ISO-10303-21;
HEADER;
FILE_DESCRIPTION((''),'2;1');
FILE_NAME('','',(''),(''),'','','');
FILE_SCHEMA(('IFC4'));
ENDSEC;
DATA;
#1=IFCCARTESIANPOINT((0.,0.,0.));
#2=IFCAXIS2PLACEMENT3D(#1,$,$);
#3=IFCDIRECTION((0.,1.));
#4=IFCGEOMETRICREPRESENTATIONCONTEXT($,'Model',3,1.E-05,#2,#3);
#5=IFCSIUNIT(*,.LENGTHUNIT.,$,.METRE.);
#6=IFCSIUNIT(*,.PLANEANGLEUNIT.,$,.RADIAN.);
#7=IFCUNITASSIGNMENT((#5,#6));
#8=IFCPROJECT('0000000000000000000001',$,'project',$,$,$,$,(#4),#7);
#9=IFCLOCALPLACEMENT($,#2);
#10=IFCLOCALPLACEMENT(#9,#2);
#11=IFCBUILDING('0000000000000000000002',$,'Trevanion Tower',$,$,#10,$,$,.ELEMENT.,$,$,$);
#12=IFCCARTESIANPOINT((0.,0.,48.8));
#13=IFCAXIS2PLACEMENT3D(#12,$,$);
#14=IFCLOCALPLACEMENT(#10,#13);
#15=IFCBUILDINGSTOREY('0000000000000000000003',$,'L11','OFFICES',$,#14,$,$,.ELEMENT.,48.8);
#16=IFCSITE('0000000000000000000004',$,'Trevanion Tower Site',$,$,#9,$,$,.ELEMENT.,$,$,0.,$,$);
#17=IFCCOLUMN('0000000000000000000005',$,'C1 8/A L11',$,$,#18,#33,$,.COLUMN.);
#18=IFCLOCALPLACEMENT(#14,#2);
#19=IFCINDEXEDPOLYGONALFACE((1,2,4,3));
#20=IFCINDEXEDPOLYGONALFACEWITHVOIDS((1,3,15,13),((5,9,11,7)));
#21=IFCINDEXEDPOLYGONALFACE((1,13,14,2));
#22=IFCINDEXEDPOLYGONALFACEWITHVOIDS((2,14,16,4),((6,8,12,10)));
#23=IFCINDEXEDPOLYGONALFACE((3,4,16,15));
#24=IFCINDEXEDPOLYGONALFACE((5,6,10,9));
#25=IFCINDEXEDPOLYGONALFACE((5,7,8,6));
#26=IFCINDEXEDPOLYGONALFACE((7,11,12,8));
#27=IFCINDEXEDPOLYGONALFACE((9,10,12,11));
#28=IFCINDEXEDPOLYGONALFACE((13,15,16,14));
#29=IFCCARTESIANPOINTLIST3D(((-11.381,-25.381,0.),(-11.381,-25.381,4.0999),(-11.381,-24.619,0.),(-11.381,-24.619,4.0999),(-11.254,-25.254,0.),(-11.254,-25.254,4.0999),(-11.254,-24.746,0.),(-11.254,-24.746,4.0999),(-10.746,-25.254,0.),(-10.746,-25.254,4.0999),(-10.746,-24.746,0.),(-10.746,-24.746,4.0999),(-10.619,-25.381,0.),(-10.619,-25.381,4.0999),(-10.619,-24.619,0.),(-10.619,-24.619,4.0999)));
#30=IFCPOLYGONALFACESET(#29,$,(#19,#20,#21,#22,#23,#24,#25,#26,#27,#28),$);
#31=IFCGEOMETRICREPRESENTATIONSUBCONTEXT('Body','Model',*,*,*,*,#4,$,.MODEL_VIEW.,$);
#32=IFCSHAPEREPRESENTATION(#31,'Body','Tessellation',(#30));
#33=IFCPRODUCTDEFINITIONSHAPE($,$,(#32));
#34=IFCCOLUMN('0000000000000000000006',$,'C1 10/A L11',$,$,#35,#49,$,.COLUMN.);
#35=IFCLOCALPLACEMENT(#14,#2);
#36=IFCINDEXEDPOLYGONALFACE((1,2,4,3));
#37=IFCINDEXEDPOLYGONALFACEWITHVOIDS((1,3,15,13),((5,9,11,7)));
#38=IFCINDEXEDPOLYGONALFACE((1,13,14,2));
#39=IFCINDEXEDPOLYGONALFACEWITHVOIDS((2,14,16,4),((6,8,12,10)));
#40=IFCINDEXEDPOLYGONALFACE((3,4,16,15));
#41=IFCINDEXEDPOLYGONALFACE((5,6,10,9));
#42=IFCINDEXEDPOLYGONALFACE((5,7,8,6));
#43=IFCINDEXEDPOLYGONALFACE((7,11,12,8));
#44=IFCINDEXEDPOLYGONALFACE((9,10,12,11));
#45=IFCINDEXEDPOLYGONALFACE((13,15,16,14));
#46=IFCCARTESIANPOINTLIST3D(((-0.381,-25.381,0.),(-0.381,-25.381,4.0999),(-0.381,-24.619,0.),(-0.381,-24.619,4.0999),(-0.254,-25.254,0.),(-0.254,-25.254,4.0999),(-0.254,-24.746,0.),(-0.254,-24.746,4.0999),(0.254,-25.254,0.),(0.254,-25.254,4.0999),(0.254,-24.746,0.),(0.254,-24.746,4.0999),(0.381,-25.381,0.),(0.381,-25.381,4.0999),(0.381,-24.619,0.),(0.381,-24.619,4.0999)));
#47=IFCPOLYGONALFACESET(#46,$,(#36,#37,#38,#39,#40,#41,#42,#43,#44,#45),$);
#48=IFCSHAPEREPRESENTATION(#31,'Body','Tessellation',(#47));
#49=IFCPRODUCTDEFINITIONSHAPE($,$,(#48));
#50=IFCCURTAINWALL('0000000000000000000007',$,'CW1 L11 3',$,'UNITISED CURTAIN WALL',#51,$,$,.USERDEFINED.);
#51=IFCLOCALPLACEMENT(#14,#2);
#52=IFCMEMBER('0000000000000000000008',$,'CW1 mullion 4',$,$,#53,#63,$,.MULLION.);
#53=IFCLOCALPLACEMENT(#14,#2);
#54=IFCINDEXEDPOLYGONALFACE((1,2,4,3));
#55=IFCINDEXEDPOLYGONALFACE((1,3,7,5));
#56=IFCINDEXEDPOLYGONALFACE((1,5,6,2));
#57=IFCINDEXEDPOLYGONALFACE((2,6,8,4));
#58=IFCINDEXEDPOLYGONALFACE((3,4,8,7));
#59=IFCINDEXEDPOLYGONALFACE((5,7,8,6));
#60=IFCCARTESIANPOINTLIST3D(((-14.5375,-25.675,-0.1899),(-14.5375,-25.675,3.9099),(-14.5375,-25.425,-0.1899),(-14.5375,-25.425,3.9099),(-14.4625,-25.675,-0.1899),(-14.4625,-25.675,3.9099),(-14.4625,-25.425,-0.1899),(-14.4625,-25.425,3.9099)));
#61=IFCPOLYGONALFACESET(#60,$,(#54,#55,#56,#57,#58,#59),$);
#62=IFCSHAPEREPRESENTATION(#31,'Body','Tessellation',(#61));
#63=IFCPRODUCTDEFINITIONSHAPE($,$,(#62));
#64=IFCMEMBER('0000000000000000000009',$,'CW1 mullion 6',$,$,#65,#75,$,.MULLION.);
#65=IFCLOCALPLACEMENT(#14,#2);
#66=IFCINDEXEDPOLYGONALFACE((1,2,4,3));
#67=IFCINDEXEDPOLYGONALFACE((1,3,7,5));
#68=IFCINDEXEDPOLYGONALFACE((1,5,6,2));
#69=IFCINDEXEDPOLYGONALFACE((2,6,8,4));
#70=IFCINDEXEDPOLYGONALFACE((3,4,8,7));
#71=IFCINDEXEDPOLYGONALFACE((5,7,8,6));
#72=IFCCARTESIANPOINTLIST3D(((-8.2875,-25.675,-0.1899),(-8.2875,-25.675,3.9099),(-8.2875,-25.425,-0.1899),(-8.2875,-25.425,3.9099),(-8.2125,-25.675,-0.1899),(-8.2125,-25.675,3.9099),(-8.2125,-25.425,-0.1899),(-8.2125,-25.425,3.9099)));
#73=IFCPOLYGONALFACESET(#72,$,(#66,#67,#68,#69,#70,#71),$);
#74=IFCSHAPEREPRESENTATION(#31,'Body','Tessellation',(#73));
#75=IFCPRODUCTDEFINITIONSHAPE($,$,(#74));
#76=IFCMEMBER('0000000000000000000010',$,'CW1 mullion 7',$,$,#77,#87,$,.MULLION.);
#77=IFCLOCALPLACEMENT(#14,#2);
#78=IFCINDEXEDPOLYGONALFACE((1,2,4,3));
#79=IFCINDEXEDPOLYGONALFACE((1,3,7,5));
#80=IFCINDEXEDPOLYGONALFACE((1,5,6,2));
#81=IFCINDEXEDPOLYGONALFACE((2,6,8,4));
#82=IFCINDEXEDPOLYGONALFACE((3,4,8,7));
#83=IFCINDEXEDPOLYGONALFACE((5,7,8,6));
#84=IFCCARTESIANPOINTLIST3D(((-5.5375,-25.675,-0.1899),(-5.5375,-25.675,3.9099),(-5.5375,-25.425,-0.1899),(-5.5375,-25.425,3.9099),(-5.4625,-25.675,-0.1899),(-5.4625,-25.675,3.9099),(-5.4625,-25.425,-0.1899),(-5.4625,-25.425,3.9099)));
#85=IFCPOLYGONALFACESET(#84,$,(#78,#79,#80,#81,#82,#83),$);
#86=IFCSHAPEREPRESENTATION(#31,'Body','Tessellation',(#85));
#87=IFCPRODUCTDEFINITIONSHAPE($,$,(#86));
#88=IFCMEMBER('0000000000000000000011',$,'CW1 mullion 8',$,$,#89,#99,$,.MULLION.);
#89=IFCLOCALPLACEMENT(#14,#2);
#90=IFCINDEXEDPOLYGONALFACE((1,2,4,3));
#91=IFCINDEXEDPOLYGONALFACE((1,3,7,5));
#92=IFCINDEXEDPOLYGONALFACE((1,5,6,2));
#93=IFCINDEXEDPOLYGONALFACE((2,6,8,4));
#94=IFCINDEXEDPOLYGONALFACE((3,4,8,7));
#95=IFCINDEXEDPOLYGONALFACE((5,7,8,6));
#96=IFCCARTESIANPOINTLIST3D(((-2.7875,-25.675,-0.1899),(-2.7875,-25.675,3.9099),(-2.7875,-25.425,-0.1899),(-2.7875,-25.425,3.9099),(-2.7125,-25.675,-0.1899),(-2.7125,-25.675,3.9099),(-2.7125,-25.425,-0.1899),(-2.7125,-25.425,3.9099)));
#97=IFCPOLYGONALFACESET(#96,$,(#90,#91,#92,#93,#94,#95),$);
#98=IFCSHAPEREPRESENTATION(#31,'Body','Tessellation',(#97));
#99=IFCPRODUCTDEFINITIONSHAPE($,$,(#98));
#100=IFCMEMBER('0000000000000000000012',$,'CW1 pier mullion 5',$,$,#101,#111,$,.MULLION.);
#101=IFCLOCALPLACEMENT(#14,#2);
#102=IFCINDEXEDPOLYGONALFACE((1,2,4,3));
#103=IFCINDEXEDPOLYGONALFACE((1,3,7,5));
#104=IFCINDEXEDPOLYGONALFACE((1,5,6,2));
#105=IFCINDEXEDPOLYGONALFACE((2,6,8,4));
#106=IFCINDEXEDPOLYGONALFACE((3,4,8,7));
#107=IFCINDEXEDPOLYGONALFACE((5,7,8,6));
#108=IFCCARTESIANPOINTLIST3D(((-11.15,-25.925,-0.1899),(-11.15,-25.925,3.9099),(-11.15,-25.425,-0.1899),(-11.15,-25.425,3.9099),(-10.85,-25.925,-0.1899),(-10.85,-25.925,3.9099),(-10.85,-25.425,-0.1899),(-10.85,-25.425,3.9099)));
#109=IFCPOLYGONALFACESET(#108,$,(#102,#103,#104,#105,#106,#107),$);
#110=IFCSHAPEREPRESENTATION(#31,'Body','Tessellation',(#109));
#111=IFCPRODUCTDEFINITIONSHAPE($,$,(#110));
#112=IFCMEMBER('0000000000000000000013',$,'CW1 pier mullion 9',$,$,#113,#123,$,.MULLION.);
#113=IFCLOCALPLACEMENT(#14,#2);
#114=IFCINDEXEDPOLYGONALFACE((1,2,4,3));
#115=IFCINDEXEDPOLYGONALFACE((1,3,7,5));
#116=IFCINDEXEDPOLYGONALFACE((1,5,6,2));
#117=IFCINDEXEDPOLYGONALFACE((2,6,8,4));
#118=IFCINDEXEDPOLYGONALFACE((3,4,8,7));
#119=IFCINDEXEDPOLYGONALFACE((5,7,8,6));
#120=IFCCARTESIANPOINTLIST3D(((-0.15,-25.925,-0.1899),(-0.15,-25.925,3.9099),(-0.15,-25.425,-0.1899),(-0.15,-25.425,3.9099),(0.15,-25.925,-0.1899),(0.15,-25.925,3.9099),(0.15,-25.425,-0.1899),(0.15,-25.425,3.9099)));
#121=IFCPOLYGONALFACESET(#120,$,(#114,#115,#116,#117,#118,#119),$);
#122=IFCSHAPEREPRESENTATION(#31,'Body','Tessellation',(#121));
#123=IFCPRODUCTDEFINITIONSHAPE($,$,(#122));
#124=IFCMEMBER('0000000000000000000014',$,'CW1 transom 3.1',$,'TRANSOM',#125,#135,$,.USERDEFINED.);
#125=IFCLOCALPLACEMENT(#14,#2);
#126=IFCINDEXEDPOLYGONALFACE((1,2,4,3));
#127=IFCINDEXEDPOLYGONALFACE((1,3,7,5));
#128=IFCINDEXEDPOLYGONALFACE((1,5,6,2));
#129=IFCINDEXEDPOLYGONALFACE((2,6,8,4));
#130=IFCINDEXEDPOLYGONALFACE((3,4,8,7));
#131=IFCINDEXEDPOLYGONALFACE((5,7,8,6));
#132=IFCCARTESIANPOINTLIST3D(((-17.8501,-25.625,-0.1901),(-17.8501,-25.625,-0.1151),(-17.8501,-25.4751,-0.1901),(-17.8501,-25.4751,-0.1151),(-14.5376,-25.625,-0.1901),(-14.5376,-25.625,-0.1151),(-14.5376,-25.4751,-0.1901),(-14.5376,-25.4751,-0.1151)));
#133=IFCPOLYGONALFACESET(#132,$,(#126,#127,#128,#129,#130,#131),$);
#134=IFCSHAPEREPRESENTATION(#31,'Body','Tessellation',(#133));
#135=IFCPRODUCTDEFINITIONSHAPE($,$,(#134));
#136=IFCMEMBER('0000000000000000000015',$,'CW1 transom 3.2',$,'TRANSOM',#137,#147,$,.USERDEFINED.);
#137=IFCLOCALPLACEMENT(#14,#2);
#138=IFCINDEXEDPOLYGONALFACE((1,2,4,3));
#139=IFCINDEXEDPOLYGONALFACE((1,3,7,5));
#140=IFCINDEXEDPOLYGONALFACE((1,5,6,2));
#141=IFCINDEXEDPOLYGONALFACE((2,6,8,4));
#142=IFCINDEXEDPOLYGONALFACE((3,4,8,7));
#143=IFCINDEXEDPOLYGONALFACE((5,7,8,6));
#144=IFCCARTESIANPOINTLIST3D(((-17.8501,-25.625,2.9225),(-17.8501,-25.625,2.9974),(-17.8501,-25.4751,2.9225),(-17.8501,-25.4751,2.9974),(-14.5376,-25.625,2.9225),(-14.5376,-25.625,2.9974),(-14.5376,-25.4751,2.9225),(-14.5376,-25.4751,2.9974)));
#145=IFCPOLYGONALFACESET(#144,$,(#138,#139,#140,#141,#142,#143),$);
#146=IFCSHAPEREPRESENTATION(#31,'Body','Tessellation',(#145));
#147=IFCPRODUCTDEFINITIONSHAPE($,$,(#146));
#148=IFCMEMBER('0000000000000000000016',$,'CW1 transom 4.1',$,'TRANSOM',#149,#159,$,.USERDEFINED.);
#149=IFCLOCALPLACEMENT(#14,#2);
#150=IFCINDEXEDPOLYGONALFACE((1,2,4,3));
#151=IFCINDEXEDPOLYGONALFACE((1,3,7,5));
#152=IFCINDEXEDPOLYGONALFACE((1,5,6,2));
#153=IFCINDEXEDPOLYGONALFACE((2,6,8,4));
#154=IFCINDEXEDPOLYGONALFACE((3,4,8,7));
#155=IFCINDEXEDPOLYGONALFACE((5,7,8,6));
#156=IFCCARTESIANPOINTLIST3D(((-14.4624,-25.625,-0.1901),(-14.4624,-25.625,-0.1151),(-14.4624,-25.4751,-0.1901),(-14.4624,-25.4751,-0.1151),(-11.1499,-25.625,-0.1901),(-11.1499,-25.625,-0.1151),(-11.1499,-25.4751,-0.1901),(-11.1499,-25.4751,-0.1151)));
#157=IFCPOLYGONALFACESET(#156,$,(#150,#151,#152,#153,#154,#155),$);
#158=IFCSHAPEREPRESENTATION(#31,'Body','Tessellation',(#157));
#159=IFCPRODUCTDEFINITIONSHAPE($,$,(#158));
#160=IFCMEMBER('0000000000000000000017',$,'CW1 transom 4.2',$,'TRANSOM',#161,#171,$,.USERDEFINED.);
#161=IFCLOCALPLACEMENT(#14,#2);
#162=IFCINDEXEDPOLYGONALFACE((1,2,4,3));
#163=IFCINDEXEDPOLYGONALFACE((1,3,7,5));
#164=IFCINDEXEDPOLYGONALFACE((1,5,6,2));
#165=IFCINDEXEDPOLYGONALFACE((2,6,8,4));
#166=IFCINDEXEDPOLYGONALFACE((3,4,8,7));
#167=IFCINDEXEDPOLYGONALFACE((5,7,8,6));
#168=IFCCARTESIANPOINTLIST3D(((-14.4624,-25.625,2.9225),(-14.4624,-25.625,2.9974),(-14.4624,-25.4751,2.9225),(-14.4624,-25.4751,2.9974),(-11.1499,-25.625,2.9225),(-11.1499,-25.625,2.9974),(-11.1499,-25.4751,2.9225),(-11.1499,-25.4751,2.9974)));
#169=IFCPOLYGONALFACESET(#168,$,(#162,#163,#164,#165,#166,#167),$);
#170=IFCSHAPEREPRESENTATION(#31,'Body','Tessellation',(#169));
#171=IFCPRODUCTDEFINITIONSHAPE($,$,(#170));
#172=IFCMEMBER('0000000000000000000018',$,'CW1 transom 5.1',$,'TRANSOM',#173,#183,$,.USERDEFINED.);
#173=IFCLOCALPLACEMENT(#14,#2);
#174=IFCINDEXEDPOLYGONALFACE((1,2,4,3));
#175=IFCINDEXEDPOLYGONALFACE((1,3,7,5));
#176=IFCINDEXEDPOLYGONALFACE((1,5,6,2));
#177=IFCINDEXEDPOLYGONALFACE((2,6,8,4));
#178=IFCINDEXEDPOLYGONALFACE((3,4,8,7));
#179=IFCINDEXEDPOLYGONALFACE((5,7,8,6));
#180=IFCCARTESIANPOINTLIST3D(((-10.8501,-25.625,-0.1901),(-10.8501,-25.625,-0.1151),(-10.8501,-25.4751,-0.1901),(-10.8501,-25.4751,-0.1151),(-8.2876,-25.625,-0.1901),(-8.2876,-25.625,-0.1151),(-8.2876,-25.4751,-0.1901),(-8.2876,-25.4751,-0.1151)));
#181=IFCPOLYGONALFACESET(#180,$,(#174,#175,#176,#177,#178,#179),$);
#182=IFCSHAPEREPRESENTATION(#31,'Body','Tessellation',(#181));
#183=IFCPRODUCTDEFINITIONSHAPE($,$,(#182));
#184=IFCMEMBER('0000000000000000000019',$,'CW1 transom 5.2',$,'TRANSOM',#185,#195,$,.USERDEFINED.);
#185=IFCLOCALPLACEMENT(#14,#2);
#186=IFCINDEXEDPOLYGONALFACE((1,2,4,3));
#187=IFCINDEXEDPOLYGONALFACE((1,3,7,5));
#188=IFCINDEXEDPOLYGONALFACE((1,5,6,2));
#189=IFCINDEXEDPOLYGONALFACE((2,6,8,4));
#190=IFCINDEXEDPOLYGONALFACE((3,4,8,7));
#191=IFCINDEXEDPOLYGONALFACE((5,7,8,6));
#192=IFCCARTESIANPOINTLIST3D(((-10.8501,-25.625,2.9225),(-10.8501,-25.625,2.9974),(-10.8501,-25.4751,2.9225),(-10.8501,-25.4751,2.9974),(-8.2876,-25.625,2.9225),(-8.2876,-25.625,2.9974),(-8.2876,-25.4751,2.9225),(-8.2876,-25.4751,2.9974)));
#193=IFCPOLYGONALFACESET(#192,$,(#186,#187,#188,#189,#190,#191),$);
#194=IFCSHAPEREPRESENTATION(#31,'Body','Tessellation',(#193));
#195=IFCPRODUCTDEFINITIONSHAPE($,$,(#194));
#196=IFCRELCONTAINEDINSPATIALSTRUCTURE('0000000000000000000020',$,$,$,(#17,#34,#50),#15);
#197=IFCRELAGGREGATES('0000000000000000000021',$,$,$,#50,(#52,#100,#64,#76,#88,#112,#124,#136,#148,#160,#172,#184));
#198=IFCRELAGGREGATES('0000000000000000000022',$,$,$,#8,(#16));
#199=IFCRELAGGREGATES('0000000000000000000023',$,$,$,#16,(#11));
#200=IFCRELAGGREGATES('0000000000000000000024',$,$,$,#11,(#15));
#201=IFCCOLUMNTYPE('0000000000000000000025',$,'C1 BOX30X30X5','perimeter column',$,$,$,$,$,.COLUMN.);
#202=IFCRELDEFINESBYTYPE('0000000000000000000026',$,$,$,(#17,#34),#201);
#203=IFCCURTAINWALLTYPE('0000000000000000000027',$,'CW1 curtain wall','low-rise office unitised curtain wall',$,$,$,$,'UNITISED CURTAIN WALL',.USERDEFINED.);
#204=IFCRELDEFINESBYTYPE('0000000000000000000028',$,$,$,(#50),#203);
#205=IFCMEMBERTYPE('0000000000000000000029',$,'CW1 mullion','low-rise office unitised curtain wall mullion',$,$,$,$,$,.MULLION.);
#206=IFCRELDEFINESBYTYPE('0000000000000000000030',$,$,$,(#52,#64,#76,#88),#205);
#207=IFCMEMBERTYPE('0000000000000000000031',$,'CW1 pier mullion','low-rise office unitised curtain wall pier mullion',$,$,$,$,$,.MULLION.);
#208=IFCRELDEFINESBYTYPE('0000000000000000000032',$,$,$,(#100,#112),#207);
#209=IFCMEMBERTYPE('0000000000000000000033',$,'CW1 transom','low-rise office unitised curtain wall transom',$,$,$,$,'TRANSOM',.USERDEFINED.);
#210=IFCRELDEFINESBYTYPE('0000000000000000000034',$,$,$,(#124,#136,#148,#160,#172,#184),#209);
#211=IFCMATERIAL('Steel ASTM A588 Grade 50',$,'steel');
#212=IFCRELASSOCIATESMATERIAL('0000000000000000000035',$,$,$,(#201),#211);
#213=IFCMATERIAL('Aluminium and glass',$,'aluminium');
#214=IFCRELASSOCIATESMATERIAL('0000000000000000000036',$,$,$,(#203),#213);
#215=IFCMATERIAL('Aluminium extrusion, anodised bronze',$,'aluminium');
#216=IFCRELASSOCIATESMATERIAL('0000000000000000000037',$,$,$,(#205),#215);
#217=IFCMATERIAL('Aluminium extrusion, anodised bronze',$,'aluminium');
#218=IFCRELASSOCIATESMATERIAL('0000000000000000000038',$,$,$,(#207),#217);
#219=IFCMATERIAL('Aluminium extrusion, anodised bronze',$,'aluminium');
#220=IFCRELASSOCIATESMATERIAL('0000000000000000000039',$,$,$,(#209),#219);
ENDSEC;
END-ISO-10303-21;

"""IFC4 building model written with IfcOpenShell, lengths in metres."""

from ifc_helpers import new_model, si_unit, direction, frame, origin, origin_2d, place, context, subcontext, project, spatial, rectangle, hollow_rectangle, extrude, material, material_profile, profile_set, type_object, element, aggregate, save


model = new_model("IFC4")

# Units and contexts
model_context = context("Model", 3, precision=1e-05, world=origin(), true_north=direction((0.0, 1.0)))
body_context = subcontext(model_context, "Body", "Model", "MODEL_VIEW")
ifc_project = project(units=[si_unit("LENGTHUNIT", "METRE"), si_unit("PLANEANGLEUNIT", "RADIAN")], contexts=[model_context])

# Site, building, storey
site_placement = place(None, origin())
site = spatial("IfcSite", under=ifc_project, at=site_placement, Name="Trevanion Tower Site", CompositionType="ELEMENT", RefElevation=0.0)
building_placement = place(site_placement, origin())
building = spatial("IfcBuilding", under=site, at=building_placement, Name="Trevanion Tower", CompositionType="ELEMENT")
storey_placement = place(building_placement, frame((0.0, 0.0, 48.8)))
storey = spatial("IfcBuildingStorey", under=building, at=storey_placement, Name="L11", Description="OFFICES", CompositionType="ELEMENT", Elevation=48.8)

# Columns
ifc_material_1 = material(Name="Steel ASTM A588 Grade 50", Category="steel")
ifc_material_profile_1 = material_profile(ifc_material_1, hollow_rectangle(XDim=0.762, YDim=0.762, WallThickness=0.127, at=origin_2d()), Name="BOX30X30X5")
ifc_profile_set_1 = profile_set([ifc_material_profile_1], Name="Steel ASTM A588 Grade 50")
column_type = type_object("IfcColumnType", Name="C1 BOX30X30X5", Description="perimeter column", PredefinedType="COLUMN", material=ifc_profile_set_1)
for number, where, z_axis, x_axis, name in (
    (1, (-11.0, -25.0, 0.0), (0.0, 0.0, 1.0), (1.0, 0.0, 0.0), "C1 8/A L11"),
    (2, (0.0, -25.0, 0.0), (0.0, 0.0, 1.0), (1.0, 0.0, 0.0), "C1 10/A L11"),
):
    element("IfcColumn", number, at=place(storey_placement, frame(where, z_axis=z_axis, x_axis=x_axis)), inside=storey, type_object=column_type, Name=name, PredefinedType="COLUMN", context=body_context, shape_type="SweptSolid", body=[
        extrude(hollow_rectangle(XDim=0.762, YDim=0.762, WallThickness=0.127, at=origin_2d()), origin(), (0.0, 0.0, 1.0), 4.0999),
    ])

# Curtain wall, members
ifc_material_2 = material(Name="Aluminium and glass", Category="aluminium")
curtain_wall_type = type_object("IfcCurtainWallType", Name="CW1 curtain wall", Description="low-rise office unitised curtain wall", ElementType="UNITISED CURTAIN WALL", PredefinedType="USERDEFINED", material=ifc_material_2)
curtain_wall_placement = place(storey_placement, origin())
curtain_wall = element("IfcCurtainWall", 3, at=curtain_wall_placement, inside=storey, type_object=curtain_wall_type, Name="CW1 L11 3", ObjectType="UNITISED CURTAIN WALL", PredefinedType="USERDEFINED")
ifc_material_3 = material(Name="Aluminium extrusion, anodised bronze", Category="aluminium")
ifc_material_profile_2 = material_profile(ifc_material_3, rectangle(XDim=0.075, YDim=0.25, at=origin_2d()), Name="CW1 mullion")
ifc_profile_set_2 = profile_set([ifc_material_profile_2], Name="Aluminium extrusion, anodised bronze")
member_type_1 = type_object("IfcMemberType", Name="CW1 mullion", Description="low-rise office unitised curtain wall mullion", PredefinedType="MULLION", material=ifc_profile_set_2)
member_1_placement = place(storey_placement, frame((-14.5, -25.55, -0.1899), z_axis=(0.0, 0.0, 1.0), x_axis=(1.0, 0.0, 0.0)))
member_1 = element("IfcMember", 4, at=member_1_placement, type_object=member_type_1, Name="CW1 mullion 4", PredefinedType="MULLION", context=body_context, shape_type="SweptSolid", body=[
    extrude(rectangle(XDim=0.075, YDim=0.25, at=origin_2d()), origin(), (0.0, 0.0, 1.0), 4.0999),
])
member_2_placement = place(storey_placement, frame((-8.25, -25.55, -0.1899), z_axis=(0.0, 0.0, 1.0), x_axis=(1.0, 0.0, 0.0)))
member_2 = element("IfcMember", 5, at=member_2_placement, type_object=member_type_1, Name="CW1 mullion 6", PredefinedType="MULLION", context=body_context, shape_type="SweptSolid", body=[
    extrude(rectangle(XDim=0.075, YDim=0.25, at=origin_2d()), origin(), (0.0, 0.0, 1.0), 4.0999),
])
member_3_placement = place(storey_placement, frame((-5.5, -25.55, -0.1899), z_axis=(0.0, 0.0, 1.0), x_axis=(1.0, 0.0, 0.0)))
member_3 = element("IfcMember", 6, at=member_3_placement, type_object=member_type_1, Name="CW1 mullion 7", PredefinedType="MULLION", context=body_context, shape_type="SweptSolid", body=[
    extrude(rectangle(XDim=0.075, YDim=0.25, at=origin_2d()), origin(), (0.0, 0.0, 1.0), 4.0999),
])
member_4_placement = place(storey_placement, frame((-2.75, -25.55, -0.1899), z_axis=(0.0, 0.0, 1.0), x_axis=(1.0, 0.0, 0.0)))
member_4 = element("IfcMember", 7, at=member_4_placement, type_object=member_type_1, Name="CW1 mullion 8", PredefinedType="MULLION", context=body_context, shape_type="SweptSolid", body=[
    extrude(rectangle(XDim=0.075, YDim=0.25, at=origin_2d()), origin(), (0.0, 0.0, 1.0), 4.0999),
])
ifc_material_4 = material(Name="Aluminium extrusion, anodised bronze", Category="aluminium")
ifc_material_profile_3 = material_profile(ifc_material_4, rectangle(XDim=0.3, YDim=0.5, at=origin_2d()), Name="CW1 pier mullion")
ifc_profile_set_3 = profile_set([ifc_material_profile_3], Name="Aluminium extrusion, anodised bronze")
member_type_2 = type_object("IfcMemberType", Name="CW1 pier mullion", Description="low-rise office unitised curtain wall pier mullion", PredefinedType="MULLION", material=ifc_profile_set_3)
member_5_placement = place(storey_placement, frame((-11.0, -25.675, -0.1899), z_axis=(0.0, 0.0, 1.0), x_axis=(1.0, 0.0, 0.0)))
member_5 = element("IfcMember", 8, at=member_5_placement, type_object=member_type_2, Name="CW1 pier mullion 5", PredefinedType="MULLION", context=body_context, shape_type="SweptSolid", body=[
    extrude(rectangle(XDim=0.3, YDim=0.5, at=origin_2d()), origin(), (0.0, 0.0, 1.0), 4.0999),
])
member_6_placement = place(storey_placement, frame((0.0, -25.675, -0.1899), z_axis=(0.0, 0.0, 1.0), x_axis=(1.0, 0.0, 0.0)))
member_6 = element("IfcMember", 9, at=member_6_placement, type_object=member_type_2, Name="CW1 pier mullion 9", PredefinedType="MULLION", context=body_context, shape_type="SweptSolid", body=[
    extrude(rectangle(XDim=0.3, YDim=0.5, at=origin_2d()), origin(), (0.0, 0.0, 1.0), 4.0999),
])
ifc_material_5 = material(Name="Aluminium extrusion, anodised bronze", Category="aluminium")
ifc_material_profile_4 = material_profile(ifc_material_5, rectangle(XDim=0.1499, YDim=0.075, at=origin_2d()), Name="CW1 transom")
ifc_profile_set_4 = profile_set([ifc_material_profile_4], Name="Aluminium extrusion, anodised bronze")
member_type_3 = type_object("IfcMemberType", Name="CW1 transom", Description="low-rise office unitised curtain wall transom", ElementType="TRANSOM", PredefinedType="USERDEFINED", material=ifc_profile_set_4)
member_7_placement = place(storey_placement, frame((-17.8501, -25.55, -0.1526), z_axis=(1.0, 0.0, 0.0), x_axis=(0.0, 1.0, 0.0)))
member_7 = element("IfcMember", 10, at=member_7_placement, type_object=member_type_3, Name="CW1 transom 3.1", ObjectType="TRANSOM", PredefinedType="USERDEFINED", context=body_context, shape_type="SweptSolid", body=[
    extrude(rectangle(XDim=0.1499, YDim=0.075, at=origin_2d()), origin(), (0.0, 0.0, 1.0), 3.3125),
])
member_8_placement = place(storey_placement, frame((-17.8501, -25.55, 2.96), z_axis=(1.0, 0.0, 0.0), x_axis=(0.0, 1.0, 0.0)))
member_8 = element("IfcMember", 11, at=member_8_placement, type_object=member_type_3, Name="CW1 transom 3.2", ObjectType="TRANSOM", PredefinedType="USERDEFINED", context=body_context, shape_type="SweptSolid", body=[
    extrude(rectangle(XDim=0.1499, YDim=0.075, at=origin_2d()), origin(), (0.0, 0.0, 1.0), 3.3125),
])
member_9_placement = place(storey_placement, frame((-14.4624, -25.55, -0.1526), z_axis=(1.0, 0.0, 0.0), x_axis=(0.0, 1.0, 0.0)))
member_9 = element("IfcMember", 12, at=member_9_placement, type_object=member_type_3, Name="CW1 transom 4.1", ObjectType="TRANSOM", PredefinedType="USERDEFINED", context=body_context, shape_type="SweptSolid", body=[
    extrude(rectangle(XDim=0.1499, YDim=0.075, at=origin_2d()), origin(), (0.0, 0.0, 1.0), 3.3125),
])
member_10_placement = place(storey_placement, frame((-14.4624, -25.55, 2.96), z_axis=(1.0, 0.0, 0.0), x_axis=(0.0, 1.0, 0.0)))
member_10 = element("IfcMember", 13, at=member_10_placement, type_object=member_type_3, Name="CW1 transom 4.2", ObjectType="TRANSOM", PredefinedType="USERDEFINED", context=body_context, shape_type="SweptSolid", body=[
    extrude(rectangle(XDim=0.1499, YDim=0.075, at=origin_2d()), origin(), (0.0, 0.0, 1.0), 3.3125),
])
member_11_placement = place(storey_placement, frame((-10.8501, -25.55, -0.1526), z_axis=(1.0, 0.0, 0.0), x_axis=(0.0, 1.0, 0.0)))
member_11 = element("IfcMember", 14, at=member_11_placement, type_object=member_type_3, Name="CW1 transom 5.1", ObjectType="TRANSOM", PredefinedType="USERDEFINED", context=body_context, shape_type="SweptSolid", body=[
    extrude(rectangle(XDim=0.1499, YDim=0.075, at=origin_2d()), origin(), (0.0, 0.0, 1.0), 2.5625),
])
member_12_placement = place(storey_placement, frame((-10.8501, -25.55, 2.96), z_axis=(1.0, 0.0, 0.0), x_axis=(0.0, 1.0, 0.0)))
member_12 = element("IfcMember", 15, at=member_12_placement, type_object=member_type_3, Name="CW1 transom 5.2", ObjectType="TRANSOM", PredefinedType="USERDEFINED", context=body_context, shape_type="SweptSolid", body=[
    extrude(rectangle(XDim=0.1499, YDim=0.075, at=origin_2d()), origin(), (0.0, 0.0, 1.0), 2.5625),
])

aggregate(curtain_wall, [member_1, member_5, member_2, member_3, member_4, member_6, member_7, member_8, member_9, member_10, member_11, member_12])

save(model, "model.ifc")
